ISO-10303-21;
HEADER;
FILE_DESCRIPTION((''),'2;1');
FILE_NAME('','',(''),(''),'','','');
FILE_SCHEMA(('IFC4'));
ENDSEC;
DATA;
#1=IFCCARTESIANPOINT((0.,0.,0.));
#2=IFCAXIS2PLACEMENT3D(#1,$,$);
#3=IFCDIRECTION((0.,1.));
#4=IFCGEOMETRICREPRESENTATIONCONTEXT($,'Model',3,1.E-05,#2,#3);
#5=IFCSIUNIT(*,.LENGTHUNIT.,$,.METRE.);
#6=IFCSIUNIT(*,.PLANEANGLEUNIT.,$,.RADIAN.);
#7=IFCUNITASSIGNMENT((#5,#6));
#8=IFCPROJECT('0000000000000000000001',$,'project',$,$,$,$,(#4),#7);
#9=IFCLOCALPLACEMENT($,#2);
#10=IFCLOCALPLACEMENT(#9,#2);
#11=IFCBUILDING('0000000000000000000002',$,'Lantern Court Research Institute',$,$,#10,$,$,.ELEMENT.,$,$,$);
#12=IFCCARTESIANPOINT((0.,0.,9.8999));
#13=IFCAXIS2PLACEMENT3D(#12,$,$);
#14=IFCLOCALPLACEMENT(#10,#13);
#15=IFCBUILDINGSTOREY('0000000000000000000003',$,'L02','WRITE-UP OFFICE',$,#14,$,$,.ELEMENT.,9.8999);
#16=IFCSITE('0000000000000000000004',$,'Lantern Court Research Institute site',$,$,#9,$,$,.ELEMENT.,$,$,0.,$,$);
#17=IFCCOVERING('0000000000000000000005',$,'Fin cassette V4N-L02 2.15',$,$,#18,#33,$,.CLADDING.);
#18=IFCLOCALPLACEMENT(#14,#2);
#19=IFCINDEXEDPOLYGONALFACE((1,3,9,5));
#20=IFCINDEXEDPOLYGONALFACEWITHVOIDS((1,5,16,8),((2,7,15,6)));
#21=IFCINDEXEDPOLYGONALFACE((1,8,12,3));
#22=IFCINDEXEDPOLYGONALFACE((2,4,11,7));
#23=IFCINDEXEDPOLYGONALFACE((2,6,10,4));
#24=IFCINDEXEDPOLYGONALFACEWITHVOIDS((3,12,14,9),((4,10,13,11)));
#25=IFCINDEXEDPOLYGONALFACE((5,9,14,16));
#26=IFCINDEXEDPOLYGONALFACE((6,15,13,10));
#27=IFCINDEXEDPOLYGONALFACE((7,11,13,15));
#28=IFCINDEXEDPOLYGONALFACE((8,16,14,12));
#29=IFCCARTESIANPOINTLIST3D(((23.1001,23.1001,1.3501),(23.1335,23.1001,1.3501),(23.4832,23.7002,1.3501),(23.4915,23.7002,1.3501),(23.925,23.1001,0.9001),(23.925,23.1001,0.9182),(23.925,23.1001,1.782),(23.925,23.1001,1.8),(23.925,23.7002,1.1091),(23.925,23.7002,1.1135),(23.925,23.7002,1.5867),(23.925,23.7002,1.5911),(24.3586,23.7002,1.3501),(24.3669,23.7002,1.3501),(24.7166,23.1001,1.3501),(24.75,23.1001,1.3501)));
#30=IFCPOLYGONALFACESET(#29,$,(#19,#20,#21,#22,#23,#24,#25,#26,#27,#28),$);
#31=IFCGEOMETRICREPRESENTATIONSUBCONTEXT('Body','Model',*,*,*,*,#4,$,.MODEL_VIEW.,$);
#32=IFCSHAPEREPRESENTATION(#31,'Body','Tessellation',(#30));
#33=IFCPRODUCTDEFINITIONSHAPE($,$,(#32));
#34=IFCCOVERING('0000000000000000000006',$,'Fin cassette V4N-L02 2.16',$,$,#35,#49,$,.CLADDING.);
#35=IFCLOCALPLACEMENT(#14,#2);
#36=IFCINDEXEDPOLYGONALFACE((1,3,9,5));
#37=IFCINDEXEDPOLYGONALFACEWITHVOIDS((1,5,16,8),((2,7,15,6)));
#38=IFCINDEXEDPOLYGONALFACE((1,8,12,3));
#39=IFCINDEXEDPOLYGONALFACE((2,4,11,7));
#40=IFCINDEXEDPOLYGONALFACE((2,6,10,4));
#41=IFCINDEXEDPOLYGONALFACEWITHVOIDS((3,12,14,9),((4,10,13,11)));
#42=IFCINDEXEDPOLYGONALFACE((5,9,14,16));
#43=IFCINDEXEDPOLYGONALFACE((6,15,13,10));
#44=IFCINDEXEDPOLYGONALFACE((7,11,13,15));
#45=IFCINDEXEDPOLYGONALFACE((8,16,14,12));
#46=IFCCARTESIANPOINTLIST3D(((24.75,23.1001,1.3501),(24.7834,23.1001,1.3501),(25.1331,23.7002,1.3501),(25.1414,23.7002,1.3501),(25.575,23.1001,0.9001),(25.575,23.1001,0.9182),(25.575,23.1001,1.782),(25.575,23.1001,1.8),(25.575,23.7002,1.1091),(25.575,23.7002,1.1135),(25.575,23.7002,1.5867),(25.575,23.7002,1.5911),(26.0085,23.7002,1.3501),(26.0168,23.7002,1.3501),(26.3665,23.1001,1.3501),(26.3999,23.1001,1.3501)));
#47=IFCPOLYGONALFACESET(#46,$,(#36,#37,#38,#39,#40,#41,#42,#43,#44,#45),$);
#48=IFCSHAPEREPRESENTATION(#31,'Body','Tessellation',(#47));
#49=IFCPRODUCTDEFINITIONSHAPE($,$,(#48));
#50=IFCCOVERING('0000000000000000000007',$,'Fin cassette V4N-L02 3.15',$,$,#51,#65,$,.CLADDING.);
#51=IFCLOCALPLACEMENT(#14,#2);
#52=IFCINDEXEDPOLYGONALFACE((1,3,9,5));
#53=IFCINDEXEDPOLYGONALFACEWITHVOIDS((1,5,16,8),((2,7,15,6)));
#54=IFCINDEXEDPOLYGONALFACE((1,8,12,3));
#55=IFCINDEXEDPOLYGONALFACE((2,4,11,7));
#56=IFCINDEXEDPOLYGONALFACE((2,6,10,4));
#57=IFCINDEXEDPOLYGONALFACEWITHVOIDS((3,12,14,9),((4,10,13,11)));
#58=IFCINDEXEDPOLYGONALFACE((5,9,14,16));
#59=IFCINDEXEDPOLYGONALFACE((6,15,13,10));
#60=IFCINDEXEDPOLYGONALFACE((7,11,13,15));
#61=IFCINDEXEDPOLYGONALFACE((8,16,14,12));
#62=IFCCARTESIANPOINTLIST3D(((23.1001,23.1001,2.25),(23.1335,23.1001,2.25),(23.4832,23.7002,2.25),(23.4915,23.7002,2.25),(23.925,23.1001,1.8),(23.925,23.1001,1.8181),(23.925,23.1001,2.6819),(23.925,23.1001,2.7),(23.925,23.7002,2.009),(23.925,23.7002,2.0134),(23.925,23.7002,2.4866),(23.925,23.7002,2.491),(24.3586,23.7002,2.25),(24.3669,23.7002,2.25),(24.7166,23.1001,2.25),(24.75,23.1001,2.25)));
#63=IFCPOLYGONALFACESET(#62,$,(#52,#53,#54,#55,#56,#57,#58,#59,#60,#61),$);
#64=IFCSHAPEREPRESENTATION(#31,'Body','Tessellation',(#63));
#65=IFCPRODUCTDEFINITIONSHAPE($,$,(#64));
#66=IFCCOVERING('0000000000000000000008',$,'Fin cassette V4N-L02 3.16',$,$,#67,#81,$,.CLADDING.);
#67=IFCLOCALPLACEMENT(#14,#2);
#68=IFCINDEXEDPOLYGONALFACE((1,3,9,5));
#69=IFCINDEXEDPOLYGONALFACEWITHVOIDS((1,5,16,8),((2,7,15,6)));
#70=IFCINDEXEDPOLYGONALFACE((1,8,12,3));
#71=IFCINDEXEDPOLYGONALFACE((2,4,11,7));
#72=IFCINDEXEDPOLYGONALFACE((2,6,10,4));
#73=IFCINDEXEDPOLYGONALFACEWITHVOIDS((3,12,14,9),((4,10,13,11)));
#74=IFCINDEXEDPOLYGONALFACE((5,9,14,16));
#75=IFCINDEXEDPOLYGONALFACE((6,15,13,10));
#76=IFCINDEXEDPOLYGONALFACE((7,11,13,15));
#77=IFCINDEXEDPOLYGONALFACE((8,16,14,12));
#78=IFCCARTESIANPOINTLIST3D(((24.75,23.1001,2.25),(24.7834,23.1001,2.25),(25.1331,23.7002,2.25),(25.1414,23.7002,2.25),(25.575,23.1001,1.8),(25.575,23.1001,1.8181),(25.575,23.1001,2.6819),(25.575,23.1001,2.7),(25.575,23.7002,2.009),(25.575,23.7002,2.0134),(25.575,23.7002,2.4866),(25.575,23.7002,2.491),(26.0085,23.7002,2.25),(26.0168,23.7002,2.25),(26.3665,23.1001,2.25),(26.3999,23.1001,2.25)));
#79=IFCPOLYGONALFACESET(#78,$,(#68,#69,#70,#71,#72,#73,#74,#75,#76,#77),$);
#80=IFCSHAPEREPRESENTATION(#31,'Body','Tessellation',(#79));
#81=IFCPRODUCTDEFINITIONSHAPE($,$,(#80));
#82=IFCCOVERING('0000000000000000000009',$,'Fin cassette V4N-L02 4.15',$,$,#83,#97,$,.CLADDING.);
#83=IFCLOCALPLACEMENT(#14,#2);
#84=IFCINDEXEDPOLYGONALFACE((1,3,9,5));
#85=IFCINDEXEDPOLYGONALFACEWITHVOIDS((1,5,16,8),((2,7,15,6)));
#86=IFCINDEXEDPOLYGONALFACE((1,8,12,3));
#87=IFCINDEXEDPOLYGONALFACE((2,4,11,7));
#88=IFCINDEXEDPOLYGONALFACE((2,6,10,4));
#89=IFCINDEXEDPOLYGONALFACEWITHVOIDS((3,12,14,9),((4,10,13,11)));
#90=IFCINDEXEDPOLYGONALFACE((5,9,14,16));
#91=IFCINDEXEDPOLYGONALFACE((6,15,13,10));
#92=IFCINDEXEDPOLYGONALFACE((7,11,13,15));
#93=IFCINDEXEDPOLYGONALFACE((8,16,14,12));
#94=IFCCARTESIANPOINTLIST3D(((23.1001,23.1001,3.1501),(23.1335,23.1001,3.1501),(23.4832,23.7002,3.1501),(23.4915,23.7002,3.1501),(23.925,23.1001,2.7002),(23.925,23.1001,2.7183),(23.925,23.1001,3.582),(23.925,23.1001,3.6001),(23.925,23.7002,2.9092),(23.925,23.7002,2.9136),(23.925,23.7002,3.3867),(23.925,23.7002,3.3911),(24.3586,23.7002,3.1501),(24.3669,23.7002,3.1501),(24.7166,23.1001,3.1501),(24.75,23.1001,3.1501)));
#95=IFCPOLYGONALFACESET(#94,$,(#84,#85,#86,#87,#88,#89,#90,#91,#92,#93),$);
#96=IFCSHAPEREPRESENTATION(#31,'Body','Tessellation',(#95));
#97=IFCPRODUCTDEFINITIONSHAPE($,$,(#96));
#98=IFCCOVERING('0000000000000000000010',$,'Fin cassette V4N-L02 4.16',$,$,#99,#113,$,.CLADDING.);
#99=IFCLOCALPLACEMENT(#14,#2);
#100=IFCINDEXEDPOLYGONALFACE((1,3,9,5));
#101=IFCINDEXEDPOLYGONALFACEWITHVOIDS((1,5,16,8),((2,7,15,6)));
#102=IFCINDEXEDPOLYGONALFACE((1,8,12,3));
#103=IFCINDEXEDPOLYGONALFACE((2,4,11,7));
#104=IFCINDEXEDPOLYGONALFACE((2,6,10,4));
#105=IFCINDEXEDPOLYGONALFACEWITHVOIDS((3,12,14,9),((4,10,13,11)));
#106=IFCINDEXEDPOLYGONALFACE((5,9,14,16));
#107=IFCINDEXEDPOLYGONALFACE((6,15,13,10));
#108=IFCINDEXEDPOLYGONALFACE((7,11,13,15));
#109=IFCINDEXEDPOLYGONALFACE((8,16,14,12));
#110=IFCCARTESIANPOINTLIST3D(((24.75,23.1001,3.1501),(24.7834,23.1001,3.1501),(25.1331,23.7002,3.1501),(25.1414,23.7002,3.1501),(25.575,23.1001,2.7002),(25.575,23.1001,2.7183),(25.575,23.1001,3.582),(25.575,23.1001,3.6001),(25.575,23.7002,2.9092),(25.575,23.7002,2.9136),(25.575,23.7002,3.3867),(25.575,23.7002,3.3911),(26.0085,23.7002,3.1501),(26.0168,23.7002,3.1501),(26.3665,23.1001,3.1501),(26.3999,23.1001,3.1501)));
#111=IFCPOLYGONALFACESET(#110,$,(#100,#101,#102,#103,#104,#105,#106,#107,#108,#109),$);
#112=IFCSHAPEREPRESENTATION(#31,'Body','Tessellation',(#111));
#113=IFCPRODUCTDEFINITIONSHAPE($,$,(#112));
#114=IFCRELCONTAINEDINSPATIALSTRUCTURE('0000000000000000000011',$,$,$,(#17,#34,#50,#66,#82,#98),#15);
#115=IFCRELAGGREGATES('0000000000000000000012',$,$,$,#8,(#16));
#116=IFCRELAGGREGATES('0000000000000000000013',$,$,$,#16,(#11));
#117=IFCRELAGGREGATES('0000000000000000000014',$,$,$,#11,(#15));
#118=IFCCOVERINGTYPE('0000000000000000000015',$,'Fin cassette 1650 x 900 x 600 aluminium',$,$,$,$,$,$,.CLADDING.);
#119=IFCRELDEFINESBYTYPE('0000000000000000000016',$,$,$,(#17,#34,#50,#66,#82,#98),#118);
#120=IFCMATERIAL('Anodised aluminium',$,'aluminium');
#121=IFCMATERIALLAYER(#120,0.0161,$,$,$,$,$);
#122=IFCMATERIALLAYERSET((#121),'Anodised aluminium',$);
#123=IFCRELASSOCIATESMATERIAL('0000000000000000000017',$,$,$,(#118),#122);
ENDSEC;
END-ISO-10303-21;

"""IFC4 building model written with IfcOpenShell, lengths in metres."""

from ifc_helpers import new_model, entity, si_unit, direction, frame, origin, place, context, subcontext, project, spatial, material, layer, layer_set, type_object, element, save


model = new_model("IFC4")

# Units and contexts
model_context = context("Model", 3, precision=1e-05, world=origin(), true_north=direction((0.0, 1.0)))
body_context = subcontext(model_context, "Body", "Model", "MODEL_VIEW")
ifc_project = project(units=[si_unit("LENGTHUNIT", "METRE"), si_unit("PLANEANGLEUNIT", "RADIAN")], contexts=[model_context])

# Site, building, storey
site_placement = place(None, origin())
site = spatial("IfcSite", under=ifc_project, at=site_placement, Name="Lantern Court Research Institute site", CompositionType="ELEMENT", RefElevation=0.0)
building_placement = place(site_placement, origin())
building = spatial("IfcBuilding", under=site, at=building_placement, Name="Lantern Court Research Institute", CompositionType="ELEMENT")
storey_placement = place(building_placement, frame((0.0, 0.0, 9.8999)))
storey = spatial("IfcBuildingStorey", under=building, at=storey_placement, Name="L02", Description="WRITE-UP OFFICE", CompositionType="ELEMENT", Elevation=9.8999)

# Coverings
ifc_material_1 = material(Name="Anodised aluminium", Category="aluminium")
ifc_layer_1 = layer(ifc_material_1, 0.0161)
ifc_layer_set_1 = layer_set([ifc_layer_1], Name="Anodised aluminium")
covering_type = type_object("IfcCoveringType", Name="Fin cassette 1650 x 900 x 600 aluminium", PredefinedType="CLADDING", material=ifc_layer_set_1)
covering_1_placement = place(storey_placement, frame((23.925, 23.1001, 1.3501), z_axis=(0.0, 1.0, 0.0), x_axis=(-1.0, 0.0, 0.0)))
cartesian_point_1 = entity("IfcCartesianPoint", [0.825, 0.0])
cartesian_point_2 = entity("IfcCartesianPoint", [0.7915, 0.0])
cartesian_point_3 = entity("IfcCartesianPoint", [0.4419, 0.0])
cartesian_point_4 = entity("IfcCartesianPoint", [0.4336, 0.0])
element("IfcCovering", 1, at=covering_1_placement, inside=storey, type_object=covering_type, Name="Fin cassette V4N-L02 2.15", PredefinedType="CLADDING", context=body_context, shape_type="SweptSolid", body=[
    entity("IfcExtrudedAreaSolidTapered", entity("IfcArbitraryProfileDefWithVoids", "AREA", None, entity("IfcPolyline", [cartesian_point_1, entity("IfcCartesianPoint", [0.0, 0.45]), entity("IfcCartesianPoint", [-0.825, 0.0]), entity("IfcCartesianPoint", [0.0, -0.45]), cartesian_point_1]), [entity("IfcPolyline", [cartesian_point_2, entity("IfcCartesianPoint", [0.0, 0.4319]), entity("IfcCartesianPoint", [-0.7915, 0.0]), entity("IfcCartesianPoint", [0.0, -0.4319]), cartesian_point_2])]), entity("IfcAxis2Placement3D", entity("IfcCartesianPoint", [0.0, 0.0, 0.0])), entity("IfcDirection", [0.0, 0.0, 1.0]), 0.6001, entity("IfcArbitraryProfileDefWithVoids", "AREA", None, entity("IfcPolyline", [cartesian_point_3, entity("IfcCartesianPoint", [0.0, 0.241]), entity("IfcCartesianPoint", [-0.4419, 0.0]), entity("IfcCartesianPoint", [0.0, -0.241]), cartesian_point_3]), [entity("IfcPolyline", [cartesian_point_4, entity("IfcCartesianPoint", [0.0, 0.2366]), entity("IfcCartesianPoint", [-0.4336, 0.0]), entity("IfcCartesianPoint", [0.0, -0.2366]), cartesian_point_4])])),
])
covering_2_placement = place(storey_placement, frame((25.575, 23.1001, 1.3501), z_axis=(0.0, 1.0, 0.0), x_axis=(-1.0, 0.0, 0.0)))
cartesian_point_5 = entity("IfcCartesianPoint", [0.825, 0.0])
cartesian_point_6 = entity("IfcCartesianPoint", [0.7915, 0.0])
cartesian_point_7 = entity("IfcCartesianPoint", [0.4419, 0.0])
cartesian_point_8 = entity("IfcCartesianPoint", [0.4336, 0.0])
element("IfcCovering", 2, at=covering_2_placement, inside=storey, type_object=covering_type, Name="Fin cassette V4N-L02 2.16", PredefinedType="CLADDING", context=body_context, shape_type="SweptSolid", body=[
    entity("IfcExtrudedAreaSolidTapered", entity("IfcArbitraryProfileDefWithVoids", "AREA", None, entity("IfcPolyline", [cartesian_point_5, entity("IfcCartesianPoint", [0.0, 0.45]), entity("IfcCartesianPoint", [-0.825, 0.0]), entity("IfcCartesianPoint", [0.0, -0.45]), cartesian_point_5]), [entity("IfcPolyline", [cartesian_point_6, entity("IfcCartesianPoint", [0.0, 0.4319]), entity("IfcCartesianPoint", [-0.7915, 0.0]), entity("IfcCartesianPoint", [0.0, -0.4319]), cartesian_point_6])]), entity("IfcAxis2Placement3D", entity("IfcCartesianPoint", [0.0, 0.0, 0.0])), entity("IfcDirection", [0.0, 0.0, 1.0]), 0.6001, entity("IfcArbitraryProfileDefWithVoids", "AREA", None, entity("IfcPolyline", [cartesian_point_7, entity("IfcCartesianPoint", [0.0, 0.241]), entity("IfcCartesianPoint", [-0.4419, 0.0]), entity("IfcCartesianPoint", [0.0, -0.241]), cartesian_point_7]), [entity("IfcPolyline", [cartesian_point_8, entity("IfcCartesianPoint", [0.0, 0.2366]), entity("IfcCartesianPoint", [-0.4336, 0.0]), entity("IfcCartesianPoint", [0.0, -0.2366]), cartesian_point_8])])),
])
covering_3_placement = place(storey_placement, frame((23.925, 23.1001, 2.25), z_axis=(0.0, 1.0, 0.0), x_axis=(-1.0, 0.0, 0.0)))
cartesian_point_9 = entity("IfcCartesianPoint", [0.825, 0.0])
cartesian_point_10 = entity("IfcCartesianPoint", [0.7915, 0.0])
cartesian_point_11 = entity("IfcCartesianPoint", [0.4419, 0.0])
cartesian_point_12 = entity("IfcCartesianPoint", [0.4336, 0.0])
element("IfcCovering", 3, at=covering_3_placement, inside=storey, type_object=covering_type, Name="Fin cassette V4N-L02 3.15", PredefinedType="CLADDING", context=body_context, shape_type="SweptSolid", body=[
    entity("IfcExtrudedAreaSolidTapered", entity("IfcArbitraryProfileDefWithVoids", "AREA", None, entity("IfcPolyline", [cartesian_point_9, entity("IfcCartesianPoint", [0.0, 0.45]), entity("IfcCartesianPoint", [-0.825, 0.0]), entity("IfcCartesianPoint", [0.0, -0.45]), cartesian_point_9]), [entity("IfcPolyline", [cartesian_point_10, entity("IfcCartesianPoint", [0.0, 0.4319]), entity("IfcCartesianPoint", [-0.7915, 0.0]), entity("IfcCartesianPoint", [0.0, -0.4319]), cartesian_point_10])]), entity("IfcAxis2Placement3D", entity("IfcCartesianPoint", [0.0, 0.0, 0.0])), entity("IfcDirection", [0.0, 0.0, 1.0]), 0.6001, entity("IfcArbitraryProfileDefWithVoids", "AREA", None, entity("IfcPolyline", [cartesian_point_11, entity("IfcCartesianPoint", [0.0, 0.241]), entity("IfcCartesianPoint", [-0.4419, 0.0]), entity("IfcCartesianPoint", [0.0, -0.241]), cartesian_point_11]), [entity("IfcPolyline", [cartesian_point_12, entity("IfcCartesianPoint", [0.0, 0.2366]), entity("IfcCartesianPoint", [-0.4336, 0.0]), entity("IfcCartesianPoint", [0.0, -0.2366]), cartesian_point_12])])),
])
covering_4_placement = place(storey_placement, frame((25.575, 23.1001, 2.25), z_axis=(0.0, 1.0, 0.0), x_axis=(-1.0, 0.0, 0.0)))
cartesian_point_13 = entity("IfcCartesianPoint", [0.825, 0.0])
cartesian_point_14 = entity("IfcCartesianPoint", [0.7915, 0.0])
cartesian_point_15 = entity("IfcCartesianPoint", [0.4419, 0.0])
cartesian_point_16 = entity("IfcCartesianPoint", [0.4336, 0.0])
element("IfcCovering", 4, at=covering_4_placement, inside=storey, type_object=covering_type, Name="Fin cassette V4N-L02 3.16", PredefinedType="CLADDING", context=body_context, shape_type="SweptSolid", body=[
    entity("IfcExtrudedAreaSolidTapered", entity("IfcArbitraryProfileDefWithVoids", "AREA", None, entity("IfcPolyline", [cartesian_point_13, entity("IfcCartesianPoint", [0.0, 0.45]), entity("IfcCartesianPoint", [-0.825, 0.0]), entity("IfcCartesianPoint", [0.0, -0.45]), cartesian_point_13]), [entity("IfcPolyline", [cartesian_point_14, entity("IfcCartesianPoint", [0.0, 0.4319]), entity("IfcCartesianPoint", [-0.7915, 0.0]), entity("IfcCartesianPoint", [0.0, -0.4319]), cartesian_point_14])]), entity("IfcAxis2Placement3D", entity("IfcCartesianPoint", [0.0, 0.0, 0.0])), entity("IfcDirection", [0.0, 0.0, 1.0]), 0.6001, entity("IfcArbitraryProfileDefWithVoids", "AREA", None, entity("IfcPolyline", [cartesian_point_15, entity("IfcCartesianPoint", [0.0, 0.241]), entity("IfcCartesianPoint", [-0.4419, 0.0]), entity("IfcCartesianPoint", [0.0, -0.241]), cartesian_point_15]), [entity("IfcPolyline", [cartesian_point_16, entity("IfcCartesianPoint", [0.0, 0.2366]), entity("IfcCartesianPoint", [-0.4336, 0.0]), entity("IfcCartesianPoint", [0.0, -0.2366]), cartesian_point_16])])),
])
covering_5_placement = place(storey_placement, frame((23.925, 23.1001, 3.1501), z_axis=(0.0, 1.0, 0.0), x_axis=(-1.0, 0.0, 0.0)))
cartesian_point_17 = entity("IfcCartesianPoint", [0.825, 0.0])
cartesian_point_18 = entity("IfcCartesianPoint", [0.7915, 0.0])
cartesian_point_19 = entity("IfcCartesianPoint", [0.4419, 0.0])
cartesian_point_20 = entity("IfcCartesianPoint", [0.4336, 0.0])
element("IfcCovering", 5, at=covering_5_placement, inside=storey, type_object=covering_type, Name="Fin cassette V4N-L02 4.15", PredefinedType="CLADDING", context=body_context, shape_type="SweptSolid", body=[
    entity("IfcExtrudedAreaSolidTapered", entity("IfcArbitraryProfileDefWithVoids", "AREA", None, entity("IfcPolyline", [cartesian_point_17, entity("IfcCartesianPoint", [0.0, 0.45]), entity("IfcCartesianPoint", [-0.825, 0.0]), entity("IfcCartesianPoint", [0.0, -0.45]), cartesian_point_17]), [entity("IfcPolyline", [cartesian_point_18, entity("IfcCartesianPoint", [0.0, 0.4319]), entity("IfcCartesianPoint", [-0.7915, 0.0]), entity("IfcCartesianPoint", [0.0, -0.4319]), cartesian_point_18])]), entity("IfcAxis2Placement3D", entity("IfcCartesianPoint", [0.0, 0.0, 0.0])), entity("IfcDirection", [0.0, 0.0, 1.0]), 0.6001, entity("IfcArbitraryProfileDefWithVoids", "AREA", None, entity("IfcPolyline", [cartesian_point_19, entity("IfcCartesianPoint", [0.0, 0.241]), entity("IfcCartesianPoint", [-0.4419, 0.0]), entity("IfcCartesianPoint", [0.0, -0.241]), cartesian_point_19]), [entity("IfcPolyline", [cartesian_point_20, entity("IfcCartesianPoint", [0.0, 0.2366]), entity("IfcCartesianPoint", [-0.4336, 0.0]), entity("IfcCartesianPoint", [0.0, -0.2366]), cartesian_point_20])])),
])
covering_6_placement = place(storey_placement, frame((25.575, 23.1001, 3.1501), z_axis=(0.0, 1.0, 0.0), x_axis=(-1.0, 0.0, 0.0)))
cartesian_point_21 = entity("IfcCartesianPoint", [0.825, 0.0])
cartesian_point_22 = entity("IfcCartesianPoint", [0.7915, 0.0])
cartesian_point_23 = entity("IfcCartesianPoint", [0.4419, 0.0])
cartesian_point_24 = entity("IfcCartesianPoint", [0.4336, 0.0])
element("IfcCovering", 6, at=covering_6_placement, inside=storey, type_object=covering_type, Name="Fin cassette V4N-L02 4.16", PredefinedType="CLADDING", context=body_context, shape_type="SweptSolid", body=[
    entity("IfcExtrudedAreaSolidTapered", entity("IfcArbitraryProfileDefWithVoids", "AREA", None, entity("IfcPolyline", [cartesian_point_21, entity("IfcCartesianPoint", [0.0, 0.45]), entity("IfcCartesianPoint", [-0.825, 0.0]), entity("IfcCartesianPoint", [0.0, -0.45]), cartesian_point_21]), [entity("IfcPolyline", [cartesian_point_22, entity("IfcCartesianPoint", [0.0, 0.4319]), entity("IfcCartesianPoint", [-0.7915, 0.0]), entity("IfcCartesianPoint", [0.0, -0.4319]), cartesian_point_22])]), entity("IfcAxis2Placement3D", entity("IfcCartesianPoint", [0.0, 0.0, 0.0])), entity("IfcDirection", [0.0, 0.0, 1.0]), 0.6001, entity("IfcArbitraryProfileDefWithVoids", "AREA", None, entity("IfcPolyline", [cartesian_point_23, entity("IfcCartesianPoint", [0.0, 0.241]), entity("IfcCartesianPoint", [-0.4419, 0.0]), entity("IfcCartesianPoint", [0.0, -0.241]), cartesian_point_23]), [entity("IfcPolyline", [cartesian_point_24, entity("IfcCartesianPoint", [0.0, 0.2366]), entity("IfcCartesianPoint", [-0.4336, 0.0]), entity("IfcCartesianPoint", [0.0, -0.2366]), cartesian_point_24])])),
])

save(model, "model.ifc")
